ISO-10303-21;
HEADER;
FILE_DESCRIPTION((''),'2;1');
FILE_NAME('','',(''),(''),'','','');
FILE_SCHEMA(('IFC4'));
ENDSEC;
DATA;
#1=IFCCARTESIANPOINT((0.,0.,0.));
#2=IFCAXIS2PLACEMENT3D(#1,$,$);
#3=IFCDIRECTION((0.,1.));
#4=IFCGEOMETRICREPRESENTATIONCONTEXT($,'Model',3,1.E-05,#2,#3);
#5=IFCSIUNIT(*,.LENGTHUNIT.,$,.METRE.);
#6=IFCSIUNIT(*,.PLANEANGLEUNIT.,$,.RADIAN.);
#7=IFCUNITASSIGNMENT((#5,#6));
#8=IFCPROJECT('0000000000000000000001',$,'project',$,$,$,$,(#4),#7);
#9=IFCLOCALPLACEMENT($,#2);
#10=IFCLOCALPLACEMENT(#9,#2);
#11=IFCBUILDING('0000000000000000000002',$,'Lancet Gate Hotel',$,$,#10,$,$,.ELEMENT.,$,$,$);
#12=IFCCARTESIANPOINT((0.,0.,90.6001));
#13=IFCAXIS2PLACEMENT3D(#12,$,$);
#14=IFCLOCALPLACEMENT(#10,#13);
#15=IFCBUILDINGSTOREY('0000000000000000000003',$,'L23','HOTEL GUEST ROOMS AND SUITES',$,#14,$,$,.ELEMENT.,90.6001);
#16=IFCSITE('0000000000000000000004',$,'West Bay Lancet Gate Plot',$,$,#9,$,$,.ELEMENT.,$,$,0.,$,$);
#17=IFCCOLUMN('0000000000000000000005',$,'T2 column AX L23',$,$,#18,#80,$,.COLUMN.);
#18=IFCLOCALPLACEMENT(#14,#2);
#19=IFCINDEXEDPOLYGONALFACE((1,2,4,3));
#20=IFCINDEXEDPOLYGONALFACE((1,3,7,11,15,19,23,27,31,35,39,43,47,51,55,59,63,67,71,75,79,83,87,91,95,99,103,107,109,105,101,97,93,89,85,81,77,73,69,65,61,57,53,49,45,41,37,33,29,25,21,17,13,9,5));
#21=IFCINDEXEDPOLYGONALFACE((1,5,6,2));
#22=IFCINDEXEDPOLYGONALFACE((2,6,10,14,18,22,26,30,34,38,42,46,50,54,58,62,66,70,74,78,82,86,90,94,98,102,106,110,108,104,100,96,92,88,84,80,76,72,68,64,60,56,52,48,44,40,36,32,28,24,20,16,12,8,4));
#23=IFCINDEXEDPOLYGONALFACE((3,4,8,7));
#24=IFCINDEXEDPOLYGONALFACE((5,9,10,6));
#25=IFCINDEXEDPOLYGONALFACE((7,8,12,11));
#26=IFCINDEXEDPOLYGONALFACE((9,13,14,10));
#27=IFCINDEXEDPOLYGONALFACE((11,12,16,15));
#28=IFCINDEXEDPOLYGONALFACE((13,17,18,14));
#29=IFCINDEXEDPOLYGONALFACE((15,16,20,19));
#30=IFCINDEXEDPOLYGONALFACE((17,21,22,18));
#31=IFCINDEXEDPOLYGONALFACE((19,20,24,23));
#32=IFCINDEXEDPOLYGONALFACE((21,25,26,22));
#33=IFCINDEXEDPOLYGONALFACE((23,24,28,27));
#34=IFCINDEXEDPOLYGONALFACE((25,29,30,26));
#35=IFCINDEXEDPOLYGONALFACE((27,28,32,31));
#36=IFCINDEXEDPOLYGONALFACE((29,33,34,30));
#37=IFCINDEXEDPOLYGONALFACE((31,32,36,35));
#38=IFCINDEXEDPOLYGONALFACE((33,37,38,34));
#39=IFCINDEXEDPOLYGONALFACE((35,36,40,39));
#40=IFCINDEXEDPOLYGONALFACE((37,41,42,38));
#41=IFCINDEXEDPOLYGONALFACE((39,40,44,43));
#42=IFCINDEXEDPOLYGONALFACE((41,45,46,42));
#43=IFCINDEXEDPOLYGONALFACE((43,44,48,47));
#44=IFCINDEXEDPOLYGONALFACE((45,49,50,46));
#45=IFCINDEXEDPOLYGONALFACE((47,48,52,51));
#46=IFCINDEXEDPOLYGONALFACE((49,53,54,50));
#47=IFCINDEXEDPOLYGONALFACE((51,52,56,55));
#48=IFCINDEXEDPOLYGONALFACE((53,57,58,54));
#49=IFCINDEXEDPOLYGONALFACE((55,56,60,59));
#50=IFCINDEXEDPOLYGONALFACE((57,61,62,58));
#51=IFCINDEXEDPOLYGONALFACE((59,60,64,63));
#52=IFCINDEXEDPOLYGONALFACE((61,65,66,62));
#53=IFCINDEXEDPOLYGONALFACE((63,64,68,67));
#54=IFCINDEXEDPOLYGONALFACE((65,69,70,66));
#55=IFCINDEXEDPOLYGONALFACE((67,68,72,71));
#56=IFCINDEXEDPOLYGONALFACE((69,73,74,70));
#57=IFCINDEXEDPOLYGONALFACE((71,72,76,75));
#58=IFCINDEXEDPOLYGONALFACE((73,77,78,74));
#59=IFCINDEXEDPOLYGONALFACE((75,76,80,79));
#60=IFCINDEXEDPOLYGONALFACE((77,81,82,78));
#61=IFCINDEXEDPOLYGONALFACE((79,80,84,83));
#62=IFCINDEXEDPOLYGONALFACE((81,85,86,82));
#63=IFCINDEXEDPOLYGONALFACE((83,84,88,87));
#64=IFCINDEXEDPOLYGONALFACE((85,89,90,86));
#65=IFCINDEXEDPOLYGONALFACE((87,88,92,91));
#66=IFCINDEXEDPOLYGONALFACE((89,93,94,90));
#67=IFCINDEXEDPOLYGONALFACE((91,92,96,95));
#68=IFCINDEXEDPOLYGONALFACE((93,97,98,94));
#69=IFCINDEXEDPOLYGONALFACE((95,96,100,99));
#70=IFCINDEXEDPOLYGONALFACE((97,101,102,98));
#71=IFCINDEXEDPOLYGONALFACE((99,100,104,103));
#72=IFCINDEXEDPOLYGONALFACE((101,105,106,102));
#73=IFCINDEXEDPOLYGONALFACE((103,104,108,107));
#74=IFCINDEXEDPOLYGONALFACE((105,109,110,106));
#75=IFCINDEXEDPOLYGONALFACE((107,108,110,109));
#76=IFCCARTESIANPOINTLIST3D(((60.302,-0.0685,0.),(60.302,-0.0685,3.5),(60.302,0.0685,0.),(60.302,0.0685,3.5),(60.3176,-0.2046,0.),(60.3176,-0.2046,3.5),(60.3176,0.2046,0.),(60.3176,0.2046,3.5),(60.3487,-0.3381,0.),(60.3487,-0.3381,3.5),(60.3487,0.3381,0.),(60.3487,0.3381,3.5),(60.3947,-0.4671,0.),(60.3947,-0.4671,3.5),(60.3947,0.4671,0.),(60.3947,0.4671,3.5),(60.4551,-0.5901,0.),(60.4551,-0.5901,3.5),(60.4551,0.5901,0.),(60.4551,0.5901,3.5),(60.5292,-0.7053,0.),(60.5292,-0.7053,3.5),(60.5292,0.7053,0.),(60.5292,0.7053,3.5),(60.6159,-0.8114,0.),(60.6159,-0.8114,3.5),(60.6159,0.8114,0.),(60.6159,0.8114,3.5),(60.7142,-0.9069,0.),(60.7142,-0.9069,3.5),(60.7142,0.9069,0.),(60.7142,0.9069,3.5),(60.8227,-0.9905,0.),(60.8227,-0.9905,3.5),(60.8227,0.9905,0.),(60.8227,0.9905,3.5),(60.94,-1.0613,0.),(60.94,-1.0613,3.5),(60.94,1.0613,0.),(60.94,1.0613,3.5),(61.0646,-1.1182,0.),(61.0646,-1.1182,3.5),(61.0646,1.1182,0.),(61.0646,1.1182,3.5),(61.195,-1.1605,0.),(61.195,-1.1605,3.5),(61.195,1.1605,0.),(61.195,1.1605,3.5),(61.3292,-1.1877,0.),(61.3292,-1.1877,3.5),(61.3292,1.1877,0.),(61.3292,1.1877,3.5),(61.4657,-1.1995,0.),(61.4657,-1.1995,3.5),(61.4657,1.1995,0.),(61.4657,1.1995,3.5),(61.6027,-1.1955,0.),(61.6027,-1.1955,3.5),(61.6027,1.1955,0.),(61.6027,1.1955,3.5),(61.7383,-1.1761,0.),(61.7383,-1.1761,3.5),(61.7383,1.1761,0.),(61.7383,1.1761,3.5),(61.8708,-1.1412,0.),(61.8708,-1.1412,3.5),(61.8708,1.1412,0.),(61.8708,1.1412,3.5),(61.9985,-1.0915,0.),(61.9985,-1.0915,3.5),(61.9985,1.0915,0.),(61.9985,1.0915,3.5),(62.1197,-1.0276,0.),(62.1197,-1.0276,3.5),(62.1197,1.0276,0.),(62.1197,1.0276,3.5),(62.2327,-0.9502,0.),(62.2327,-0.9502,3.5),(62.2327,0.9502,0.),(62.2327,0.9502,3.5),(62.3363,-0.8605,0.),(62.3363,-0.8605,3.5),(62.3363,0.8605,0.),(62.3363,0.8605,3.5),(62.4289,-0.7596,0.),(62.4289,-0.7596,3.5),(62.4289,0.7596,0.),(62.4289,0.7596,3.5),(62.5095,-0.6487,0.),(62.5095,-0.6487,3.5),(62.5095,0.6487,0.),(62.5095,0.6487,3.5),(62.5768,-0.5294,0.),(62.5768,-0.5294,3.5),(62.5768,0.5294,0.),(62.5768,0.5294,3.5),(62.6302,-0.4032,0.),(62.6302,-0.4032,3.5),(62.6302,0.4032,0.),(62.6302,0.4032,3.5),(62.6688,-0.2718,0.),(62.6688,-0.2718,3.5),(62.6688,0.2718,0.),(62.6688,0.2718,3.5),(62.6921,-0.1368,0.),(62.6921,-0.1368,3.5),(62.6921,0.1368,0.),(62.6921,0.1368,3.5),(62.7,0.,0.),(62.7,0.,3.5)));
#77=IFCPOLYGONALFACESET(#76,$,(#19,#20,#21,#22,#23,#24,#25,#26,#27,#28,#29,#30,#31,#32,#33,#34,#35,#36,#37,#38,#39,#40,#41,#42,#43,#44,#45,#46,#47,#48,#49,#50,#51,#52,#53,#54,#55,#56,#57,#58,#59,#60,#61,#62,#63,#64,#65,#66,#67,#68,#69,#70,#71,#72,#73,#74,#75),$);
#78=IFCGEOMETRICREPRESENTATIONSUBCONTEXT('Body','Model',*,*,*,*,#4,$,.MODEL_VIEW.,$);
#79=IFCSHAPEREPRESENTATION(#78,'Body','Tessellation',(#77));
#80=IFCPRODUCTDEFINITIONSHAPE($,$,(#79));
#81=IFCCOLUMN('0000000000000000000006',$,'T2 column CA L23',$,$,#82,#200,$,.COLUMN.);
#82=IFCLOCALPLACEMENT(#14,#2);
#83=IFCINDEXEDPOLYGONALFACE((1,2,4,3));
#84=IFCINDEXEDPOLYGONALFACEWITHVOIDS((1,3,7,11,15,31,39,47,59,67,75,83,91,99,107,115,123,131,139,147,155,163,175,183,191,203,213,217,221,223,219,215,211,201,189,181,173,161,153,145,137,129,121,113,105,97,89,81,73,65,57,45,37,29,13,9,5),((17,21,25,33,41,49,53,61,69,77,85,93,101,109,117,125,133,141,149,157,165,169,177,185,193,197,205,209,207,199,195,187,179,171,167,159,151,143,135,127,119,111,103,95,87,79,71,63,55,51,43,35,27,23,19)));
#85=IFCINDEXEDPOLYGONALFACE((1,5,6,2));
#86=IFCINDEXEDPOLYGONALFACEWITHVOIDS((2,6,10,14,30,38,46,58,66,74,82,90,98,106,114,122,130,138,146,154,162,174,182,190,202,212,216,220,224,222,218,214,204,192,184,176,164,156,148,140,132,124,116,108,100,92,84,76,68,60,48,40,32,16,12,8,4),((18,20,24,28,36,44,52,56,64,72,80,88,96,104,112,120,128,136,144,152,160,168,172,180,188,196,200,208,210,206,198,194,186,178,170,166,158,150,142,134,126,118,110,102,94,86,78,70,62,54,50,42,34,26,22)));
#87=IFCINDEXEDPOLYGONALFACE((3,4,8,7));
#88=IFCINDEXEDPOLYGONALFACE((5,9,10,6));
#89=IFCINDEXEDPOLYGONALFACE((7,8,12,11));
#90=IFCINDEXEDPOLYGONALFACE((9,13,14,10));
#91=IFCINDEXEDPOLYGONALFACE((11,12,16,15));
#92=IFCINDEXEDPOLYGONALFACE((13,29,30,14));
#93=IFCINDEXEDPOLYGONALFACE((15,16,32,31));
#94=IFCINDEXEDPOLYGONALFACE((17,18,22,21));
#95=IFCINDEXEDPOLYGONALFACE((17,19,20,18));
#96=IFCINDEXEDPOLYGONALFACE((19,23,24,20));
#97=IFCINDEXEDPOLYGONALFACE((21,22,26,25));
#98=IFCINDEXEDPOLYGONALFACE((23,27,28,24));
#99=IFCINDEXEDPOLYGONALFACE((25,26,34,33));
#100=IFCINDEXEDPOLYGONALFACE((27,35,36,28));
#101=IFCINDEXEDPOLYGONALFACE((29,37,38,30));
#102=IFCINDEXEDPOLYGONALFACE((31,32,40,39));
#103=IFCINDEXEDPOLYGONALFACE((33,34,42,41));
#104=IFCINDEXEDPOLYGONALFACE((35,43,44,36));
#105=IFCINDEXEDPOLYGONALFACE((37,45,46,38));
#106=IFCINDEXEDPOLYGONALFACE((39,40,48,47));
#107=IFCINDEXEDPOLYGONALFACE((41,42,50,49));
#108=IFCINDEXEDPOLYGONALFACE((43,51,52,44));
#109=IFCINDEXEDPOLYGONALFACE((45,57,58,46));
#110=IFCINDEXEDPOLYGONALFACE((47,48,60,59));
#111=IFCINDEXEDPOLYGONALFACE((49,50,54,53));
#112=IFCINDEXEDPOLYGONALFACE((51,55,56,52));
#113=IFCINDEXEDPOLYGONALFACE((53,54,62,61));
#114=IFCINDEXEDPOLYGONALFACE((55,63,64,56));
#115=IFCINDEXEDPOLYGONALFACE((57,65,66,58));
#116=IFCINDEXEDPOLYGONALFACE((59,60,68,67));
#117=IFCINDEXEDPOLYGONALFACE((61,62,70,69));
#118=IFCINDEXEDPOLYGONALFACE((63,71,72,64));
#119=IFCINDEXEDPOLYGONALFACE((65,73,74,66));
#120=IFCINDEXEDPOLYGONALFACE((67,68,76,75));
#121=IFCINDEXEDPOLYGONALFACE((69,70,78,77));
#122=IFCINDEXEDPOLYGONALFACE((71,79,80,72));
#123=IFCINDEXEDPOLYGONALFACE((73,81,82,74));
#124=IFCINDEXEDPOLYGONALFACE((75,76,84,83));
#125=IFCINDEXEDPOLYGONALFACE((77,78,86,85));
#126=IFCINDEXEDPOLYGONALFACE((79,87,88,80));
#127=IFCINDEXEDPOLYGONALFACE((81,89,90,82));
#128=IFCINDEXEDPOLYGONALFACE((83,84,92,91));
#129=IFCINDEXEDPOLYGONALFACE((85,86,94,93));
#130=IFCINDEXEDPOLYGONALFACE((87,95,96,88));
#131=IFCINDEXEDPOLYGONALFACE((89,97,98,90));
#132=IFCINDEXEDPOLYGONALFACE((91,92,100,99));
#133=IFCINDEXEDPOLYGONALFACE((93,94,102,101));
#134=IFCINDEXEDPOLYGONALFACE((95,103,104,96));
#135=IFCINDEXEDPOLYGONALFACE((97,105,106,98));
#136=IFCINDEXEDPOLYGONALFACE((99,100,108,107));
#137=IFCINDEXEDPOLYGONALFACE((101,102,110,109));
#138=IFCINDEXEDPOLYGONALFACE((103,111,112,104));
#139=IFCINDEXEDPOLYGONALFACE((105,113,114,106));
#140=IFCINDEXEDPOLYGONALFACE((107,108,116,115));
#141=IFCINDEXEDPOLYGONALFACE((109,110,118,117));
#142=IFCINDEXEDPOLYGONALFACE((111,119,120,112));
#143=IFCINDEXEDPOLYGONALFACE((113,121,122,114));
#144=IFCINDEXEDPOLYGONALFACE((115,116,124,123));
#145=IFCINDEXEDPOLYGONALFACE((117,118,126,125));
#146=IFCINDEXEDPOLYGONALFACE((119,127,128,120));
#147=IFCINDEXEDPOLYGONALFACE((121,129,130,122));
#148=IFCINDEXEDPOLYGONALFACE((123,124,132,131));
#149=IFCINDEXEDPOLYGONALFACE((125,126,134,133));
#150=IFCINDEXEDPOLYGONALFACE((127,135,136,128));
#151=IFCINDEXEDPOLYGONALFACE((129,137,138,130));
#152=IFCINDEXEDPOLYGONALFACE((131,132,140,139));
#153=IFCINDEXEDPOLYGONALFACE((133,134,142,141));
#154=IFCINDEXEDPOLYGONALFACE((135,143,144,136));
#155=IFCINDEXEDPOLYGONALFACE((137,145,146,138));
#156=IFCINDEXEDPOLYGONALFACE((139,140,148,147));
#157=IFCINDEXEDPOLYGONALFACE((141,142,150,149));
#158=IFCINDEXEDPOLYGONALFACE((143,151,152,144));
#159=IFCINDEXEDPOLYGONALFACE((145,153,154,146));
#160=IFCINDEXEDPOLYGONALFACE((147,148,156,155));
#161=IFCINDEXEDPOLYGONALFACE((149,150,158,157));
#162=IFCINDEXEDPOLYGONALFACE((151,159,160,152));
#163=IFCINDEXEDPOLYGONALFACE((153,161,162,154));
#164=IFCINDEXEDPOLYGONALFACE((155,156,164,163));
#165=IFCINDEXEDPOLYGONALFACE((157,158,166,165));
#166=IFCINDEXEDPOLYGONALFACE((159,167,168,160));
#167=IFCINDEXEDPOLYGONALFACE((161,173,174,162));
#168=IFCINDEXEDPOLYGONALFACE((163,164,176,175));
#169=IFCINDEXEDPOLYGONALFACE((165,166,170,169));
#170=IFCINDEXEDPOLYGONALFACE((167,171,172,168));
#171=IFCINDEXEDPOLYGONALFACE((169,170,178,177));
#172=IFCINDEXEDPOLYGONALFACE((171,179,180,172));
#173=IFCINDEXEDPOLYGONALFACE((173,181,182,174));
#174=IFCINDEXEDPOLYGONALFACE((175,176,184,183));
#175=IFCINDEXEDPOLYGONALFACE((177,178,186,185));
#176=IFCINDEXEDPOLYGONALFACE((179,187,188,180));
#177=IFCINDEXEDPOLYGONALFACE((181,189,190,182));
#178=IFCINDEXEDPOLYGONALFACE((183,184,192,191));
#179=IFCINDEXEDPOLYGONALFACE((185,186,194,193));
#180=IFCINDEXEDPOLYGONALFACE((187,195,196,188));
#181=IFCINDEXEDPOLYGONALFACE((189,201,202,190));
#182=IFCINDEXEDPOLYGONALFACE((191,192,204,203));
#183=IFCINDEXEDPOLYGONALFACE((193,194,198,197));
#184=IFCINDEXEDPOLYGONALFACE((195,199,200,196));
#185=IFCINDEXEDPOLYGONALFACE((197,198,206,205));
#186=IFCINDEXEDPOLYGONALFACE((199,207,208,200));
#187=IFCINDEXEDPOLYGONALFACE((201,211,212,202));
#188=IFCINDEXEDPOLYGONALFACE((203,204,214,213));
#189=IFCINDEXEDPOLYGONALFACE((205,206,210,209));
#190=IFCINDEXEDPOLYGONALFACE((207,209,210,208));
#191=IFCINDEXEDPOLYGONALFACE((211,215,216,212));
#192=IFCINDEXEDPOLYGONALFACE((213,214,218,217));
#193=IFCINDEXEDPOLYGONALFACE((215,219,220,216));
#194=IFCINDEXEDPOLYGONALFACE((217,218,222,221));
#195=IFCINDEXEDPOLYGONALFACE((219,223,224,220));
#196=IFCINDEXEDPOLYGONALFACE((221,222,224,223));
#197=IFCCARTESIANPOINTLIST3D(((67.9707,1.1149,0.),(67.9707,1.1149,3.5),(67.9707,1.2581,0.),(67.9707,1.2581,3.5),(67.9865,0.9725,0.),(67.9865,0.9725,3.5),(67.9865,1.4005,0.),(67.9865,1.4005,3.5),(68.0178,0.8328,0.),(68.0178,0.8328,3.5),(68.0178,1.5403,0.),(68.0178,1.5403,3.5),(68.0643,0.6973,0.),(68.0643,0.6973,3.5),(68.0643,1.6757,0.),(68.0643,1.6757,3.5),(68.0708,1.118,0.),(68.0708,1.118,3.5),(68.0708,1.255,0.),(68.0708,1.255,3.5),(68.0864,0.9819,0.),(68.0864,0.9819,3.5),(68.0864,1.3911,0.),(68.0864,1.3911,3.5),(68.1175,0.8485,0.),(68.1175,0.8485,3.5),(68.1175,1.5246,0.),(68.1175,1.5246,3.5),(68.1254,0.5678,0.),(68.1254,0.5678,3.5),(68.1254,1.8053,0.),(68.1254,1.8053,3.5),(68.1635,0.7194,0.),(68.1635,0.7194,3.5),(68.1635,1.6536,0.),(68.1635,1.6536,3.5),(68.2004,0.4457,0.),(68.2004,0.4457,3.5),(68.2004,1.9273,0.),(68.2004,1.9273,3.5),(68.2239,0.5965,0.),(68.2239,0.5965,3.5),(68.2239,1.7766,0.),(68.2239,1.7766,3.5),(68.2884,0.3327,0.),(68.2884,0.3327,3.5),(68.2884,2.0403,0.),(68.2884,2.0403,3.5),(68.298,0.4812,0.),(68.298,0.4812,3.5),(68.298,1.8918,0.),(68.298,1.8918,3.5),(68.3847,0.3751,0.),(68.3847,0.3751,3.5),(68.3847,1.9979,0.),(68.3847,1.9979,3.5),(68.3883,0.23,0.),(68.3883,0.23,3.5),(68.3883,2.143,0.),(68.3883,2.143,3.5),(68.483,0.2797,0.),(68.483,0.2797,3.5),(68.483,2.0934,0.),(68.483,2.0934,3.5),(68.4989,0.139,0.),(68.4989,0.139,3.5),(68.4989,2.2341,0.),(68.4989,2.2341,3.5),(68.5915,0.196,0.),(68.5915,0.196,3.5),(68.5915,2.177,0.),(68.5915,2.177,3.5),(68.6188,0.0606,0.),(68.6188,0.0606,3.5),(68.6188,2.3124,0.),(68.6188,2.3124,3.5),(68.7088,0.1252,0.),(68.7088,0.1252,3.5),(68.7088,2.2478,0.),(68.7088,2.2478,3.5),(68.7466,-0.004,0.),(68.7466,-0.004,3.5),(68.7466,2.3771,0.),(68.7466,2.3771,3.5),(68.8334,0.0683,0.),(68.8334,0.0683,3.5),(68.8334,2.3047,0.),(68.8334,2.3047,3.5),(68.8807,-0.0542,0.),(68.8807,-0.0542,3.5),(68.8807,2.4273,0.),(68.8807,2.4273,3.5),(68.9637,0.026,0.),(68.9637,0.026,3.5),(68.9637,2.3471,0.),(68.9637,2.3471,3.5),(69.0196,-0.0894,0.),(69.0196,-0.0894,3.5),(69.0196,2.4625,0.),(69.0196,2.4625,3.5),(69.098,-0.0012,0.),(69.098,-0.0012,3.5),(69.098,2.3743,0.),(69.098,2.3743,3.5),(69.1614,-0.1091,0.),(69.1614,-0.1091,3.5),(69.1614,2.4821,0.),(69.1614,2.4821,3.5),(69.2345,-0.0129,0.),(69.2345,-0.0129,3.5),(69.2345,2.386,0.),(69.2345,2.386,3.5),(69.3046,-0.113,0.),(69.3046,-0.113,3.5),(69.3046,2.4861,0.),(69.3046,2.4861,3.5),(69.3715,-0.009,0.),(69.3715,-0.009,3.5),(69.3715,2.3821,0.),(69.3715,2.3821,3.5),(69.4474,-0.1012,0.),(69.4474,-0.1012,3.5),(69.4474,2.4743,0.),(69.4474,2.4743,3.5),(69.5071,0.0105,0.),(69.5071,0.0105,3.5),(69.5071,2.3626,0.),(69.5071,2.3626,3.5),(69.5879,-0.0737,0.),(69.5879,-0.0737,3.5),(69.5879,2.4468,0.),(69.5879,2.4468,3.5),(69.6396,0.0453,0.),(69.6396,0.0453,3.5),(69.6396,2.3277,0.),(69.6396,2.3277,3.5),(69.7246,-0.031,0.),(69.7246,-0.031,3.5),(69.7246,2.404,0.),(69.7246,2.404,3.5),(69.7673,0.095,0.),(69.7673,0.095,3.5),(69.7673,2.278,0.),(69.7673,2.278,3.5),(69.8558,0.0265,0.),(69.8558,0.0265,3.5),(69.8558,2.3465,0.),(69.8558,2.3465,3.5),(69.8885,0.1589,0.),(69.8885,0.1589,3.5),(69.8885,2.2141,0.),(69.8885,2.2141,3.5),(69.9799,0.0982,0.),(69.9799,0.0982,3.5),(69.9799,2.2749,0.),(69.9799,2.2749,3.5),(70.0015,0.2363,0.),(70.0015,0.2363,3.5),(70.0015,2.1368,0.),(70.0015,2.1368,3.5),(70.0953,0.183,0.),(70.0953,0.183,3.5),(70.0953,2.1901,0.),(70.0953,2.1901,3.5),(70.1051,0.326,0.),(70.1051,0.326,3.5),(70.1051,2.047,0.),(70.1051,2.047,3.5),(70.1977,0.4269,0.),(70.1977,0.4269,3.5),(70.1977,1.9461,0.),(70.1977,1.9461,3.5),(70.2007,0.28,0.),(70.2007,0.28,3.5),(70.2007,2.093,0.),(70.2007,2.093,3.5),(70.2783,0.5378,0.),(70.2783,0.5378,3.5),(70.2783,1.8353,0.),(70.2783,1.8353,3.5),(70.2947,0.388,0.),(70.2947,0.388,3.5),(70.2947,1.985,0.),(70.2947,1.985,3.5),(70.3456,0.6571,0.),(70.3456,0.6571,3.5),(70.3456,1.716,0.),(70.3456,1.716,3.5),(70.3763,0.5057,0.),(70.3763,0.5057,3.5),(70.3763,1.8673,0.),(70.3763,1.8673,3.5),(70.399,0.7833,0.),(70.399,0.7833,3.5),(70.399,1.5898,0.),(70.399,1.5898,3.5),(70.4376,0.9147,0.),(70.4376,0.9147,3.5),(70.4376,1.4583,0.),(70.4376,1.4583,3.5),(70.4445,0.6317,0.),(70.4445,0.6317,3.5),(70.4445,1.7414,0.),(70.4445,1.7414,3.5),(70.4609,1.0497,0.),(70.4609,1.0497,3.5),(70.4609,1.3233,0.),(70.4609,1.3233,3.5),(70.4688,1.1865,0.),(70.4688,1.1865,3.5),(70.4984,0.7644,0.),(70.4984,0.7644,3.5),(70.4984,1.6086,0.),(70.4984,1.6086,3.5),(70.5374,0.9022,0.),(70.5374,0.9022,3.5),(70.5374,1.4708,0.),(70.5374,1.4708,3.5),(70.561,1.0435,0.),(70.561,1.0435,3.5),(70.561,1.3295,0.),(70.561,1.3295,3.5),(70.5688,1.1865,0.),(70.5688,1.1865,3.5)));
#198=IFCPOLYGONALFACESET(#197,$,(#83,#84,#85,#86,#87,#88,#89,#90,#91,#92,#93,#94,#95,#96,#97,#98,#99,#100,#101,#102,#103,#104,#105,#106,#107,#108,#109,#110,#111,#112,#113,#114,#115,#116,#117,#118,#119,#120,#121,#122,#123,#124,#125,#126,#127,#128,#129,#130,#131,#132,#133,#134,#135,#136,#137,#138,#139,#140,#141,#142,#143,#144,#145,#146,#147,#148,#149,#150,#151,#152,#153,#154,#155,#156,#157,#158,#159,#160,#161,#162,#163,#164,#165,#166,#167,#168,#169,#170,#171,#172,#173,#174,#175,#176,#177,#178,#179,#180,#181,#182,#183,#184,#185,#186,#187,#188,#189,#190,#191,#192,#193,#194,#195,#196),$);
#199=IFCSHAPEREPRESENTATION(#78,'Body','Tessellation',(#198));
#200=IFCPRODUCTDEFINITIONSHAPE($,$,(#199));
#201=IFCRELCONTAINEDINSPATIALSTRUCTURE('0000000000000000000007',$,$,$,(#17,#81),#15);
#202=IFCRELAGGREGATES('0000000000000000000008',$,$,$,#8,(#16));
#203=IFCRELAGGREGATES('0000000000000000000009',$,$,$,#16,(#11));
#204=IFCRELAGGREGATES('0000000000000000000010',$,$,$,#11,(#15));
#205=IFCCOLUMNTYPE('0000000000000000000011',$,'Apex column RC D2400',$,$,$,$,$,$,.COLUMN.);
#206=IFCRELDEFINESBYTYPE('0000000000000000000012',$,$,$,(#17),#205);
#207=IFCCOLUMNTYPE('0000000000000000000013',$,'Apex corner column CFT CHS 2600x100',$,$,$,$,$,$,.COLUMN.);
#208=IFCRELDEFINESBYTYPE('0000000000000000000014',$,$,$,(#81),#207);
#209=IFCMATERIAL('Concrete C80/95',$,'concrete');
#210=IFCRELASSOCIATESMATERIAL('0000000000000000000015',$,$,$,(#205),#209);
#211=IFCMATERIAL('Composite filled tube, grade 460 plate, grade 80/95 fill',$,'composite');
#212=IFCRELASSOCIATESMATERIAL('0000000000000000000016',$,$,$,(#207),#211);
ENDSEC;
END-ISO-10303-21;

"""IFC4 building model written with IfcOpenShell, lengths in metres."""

from ifc_helpers import new_model, si_unit, direction, frame, origin, origin_2d, place, context, subcontext, project, spatial, circle, hollow_circle, extrude, material, material_profile, profile_set, type_object, element, save


model = new_model("IFC4")

# Units and contexts
model_context = context("Model", 3, precision=1e-05, world=origin(), true_north=direction((0.0, 1.0)))
body_context = subcontext(model_context, "Body", "Model", "MODEL_VIEW")
ifc_project = project(units=[si_unit("LENGTHUNIT", "METRE"), si_unit("PLANEANGLEUNIT", "RADIAN")], contexts=[model_context])

# Site, building, storey
site_placement = place(None, origin())
site = spatial("IfcSite", under=ifc_project, at=site_placement, Name="West Bay Lancet Gate Plot", CompositionType="ELEMENT", RefElevation=0.0)
building_placement = place(site_placement, origin())
building = spatial("IfcBuilding", under=site, at=building_placement, Name="Lancet Gate Hotel", CompositionType="ELEMENT")
storey_placement = place(building_placement, frame((0.0, 0.0, 90.6001)))
storey = spatial("IfcBuildingStorey", under=building, at=storey_placement, Name="L23", Description="HOTEL GUEST ROOMS AND SUITES", CompositionType="ELEMENT", Elevation=90.6001)

# Columns
ifc_material_1 = material(Name="Concrete C80/95", Category="concrete")
ifc_material_profile_1 = material_profile(ifc_material_1, circle(Radius=1.2, at=origin_2d()), Name="RC D2400")
ifc_profile_set_1 = profile_set([ifc_material_profile_1], Name="Concrete C80/95")
column_type_1 = type_object("IfcColumnType", Name="Apex column RC D2400", PredefinedType="COLUMN", material=ifc_profile_set_1)
column_1_placement = place(storey_placement, frame((61.5, 0.0, 0.0), z_axis=(0.0, 0.0, 1.0), x_axis=(1.0, 0.0, 0.0)))
element("IfcColumn", 1, at=column_1_placement, inside=storey, type_object=column_type_1, Name="T2 column AX L23", PredefinedType="COLUMN", context=body_context, shape_type="SweptSolid", body=[
    extrude(circle(Radius=1.2, at=origin_2d()), origin(), (0.0, 0.0, 1.0), 3.5),
])
ifc_material_2 = material(Name="Composite filled tube, grade 460 plate, grade 80/95 fill", Category="composite")
ifc_material_profile_2 = material_profile(ifc_material_2, hollow_circle(Radius=1.3, WallThickness=0.1001, at=origin_2d()), Name="CHS 2600x100")
ifc_profile_set_2 = profile_set([ifc_material_profile_2], Name="Composite filled tube, grade 460 plate, grade 80/95 fill")
column_type_2 = type_object("IfcColumnType", Name="Apex corner column CFT CHS 2600x100", PredefinedType="COLUMN", material=ifc_profile_set_2)
column_2_placement = place(storey_placement, frame((69.2688, 1.1865, 0.0), z_axis=(0.0, 0.0, 1.0), x_axis=(1.0, 0.0, 0.0)))
element("IfcColumn", 2, at=column_2_placement, inside=storey, type_object=column_type_2, Name="T2 column CA L23", PredefinedType="COLUMN", context=body_context, shape_type="SweptSolid", body=[
    extrude(hollow_circle(Radius=1.3, WallThickness=0.1001, at=origin_2d()), origin(), (0.0, 0.0, 1.0), 3.5),
])

save(model, "model.ifc")
